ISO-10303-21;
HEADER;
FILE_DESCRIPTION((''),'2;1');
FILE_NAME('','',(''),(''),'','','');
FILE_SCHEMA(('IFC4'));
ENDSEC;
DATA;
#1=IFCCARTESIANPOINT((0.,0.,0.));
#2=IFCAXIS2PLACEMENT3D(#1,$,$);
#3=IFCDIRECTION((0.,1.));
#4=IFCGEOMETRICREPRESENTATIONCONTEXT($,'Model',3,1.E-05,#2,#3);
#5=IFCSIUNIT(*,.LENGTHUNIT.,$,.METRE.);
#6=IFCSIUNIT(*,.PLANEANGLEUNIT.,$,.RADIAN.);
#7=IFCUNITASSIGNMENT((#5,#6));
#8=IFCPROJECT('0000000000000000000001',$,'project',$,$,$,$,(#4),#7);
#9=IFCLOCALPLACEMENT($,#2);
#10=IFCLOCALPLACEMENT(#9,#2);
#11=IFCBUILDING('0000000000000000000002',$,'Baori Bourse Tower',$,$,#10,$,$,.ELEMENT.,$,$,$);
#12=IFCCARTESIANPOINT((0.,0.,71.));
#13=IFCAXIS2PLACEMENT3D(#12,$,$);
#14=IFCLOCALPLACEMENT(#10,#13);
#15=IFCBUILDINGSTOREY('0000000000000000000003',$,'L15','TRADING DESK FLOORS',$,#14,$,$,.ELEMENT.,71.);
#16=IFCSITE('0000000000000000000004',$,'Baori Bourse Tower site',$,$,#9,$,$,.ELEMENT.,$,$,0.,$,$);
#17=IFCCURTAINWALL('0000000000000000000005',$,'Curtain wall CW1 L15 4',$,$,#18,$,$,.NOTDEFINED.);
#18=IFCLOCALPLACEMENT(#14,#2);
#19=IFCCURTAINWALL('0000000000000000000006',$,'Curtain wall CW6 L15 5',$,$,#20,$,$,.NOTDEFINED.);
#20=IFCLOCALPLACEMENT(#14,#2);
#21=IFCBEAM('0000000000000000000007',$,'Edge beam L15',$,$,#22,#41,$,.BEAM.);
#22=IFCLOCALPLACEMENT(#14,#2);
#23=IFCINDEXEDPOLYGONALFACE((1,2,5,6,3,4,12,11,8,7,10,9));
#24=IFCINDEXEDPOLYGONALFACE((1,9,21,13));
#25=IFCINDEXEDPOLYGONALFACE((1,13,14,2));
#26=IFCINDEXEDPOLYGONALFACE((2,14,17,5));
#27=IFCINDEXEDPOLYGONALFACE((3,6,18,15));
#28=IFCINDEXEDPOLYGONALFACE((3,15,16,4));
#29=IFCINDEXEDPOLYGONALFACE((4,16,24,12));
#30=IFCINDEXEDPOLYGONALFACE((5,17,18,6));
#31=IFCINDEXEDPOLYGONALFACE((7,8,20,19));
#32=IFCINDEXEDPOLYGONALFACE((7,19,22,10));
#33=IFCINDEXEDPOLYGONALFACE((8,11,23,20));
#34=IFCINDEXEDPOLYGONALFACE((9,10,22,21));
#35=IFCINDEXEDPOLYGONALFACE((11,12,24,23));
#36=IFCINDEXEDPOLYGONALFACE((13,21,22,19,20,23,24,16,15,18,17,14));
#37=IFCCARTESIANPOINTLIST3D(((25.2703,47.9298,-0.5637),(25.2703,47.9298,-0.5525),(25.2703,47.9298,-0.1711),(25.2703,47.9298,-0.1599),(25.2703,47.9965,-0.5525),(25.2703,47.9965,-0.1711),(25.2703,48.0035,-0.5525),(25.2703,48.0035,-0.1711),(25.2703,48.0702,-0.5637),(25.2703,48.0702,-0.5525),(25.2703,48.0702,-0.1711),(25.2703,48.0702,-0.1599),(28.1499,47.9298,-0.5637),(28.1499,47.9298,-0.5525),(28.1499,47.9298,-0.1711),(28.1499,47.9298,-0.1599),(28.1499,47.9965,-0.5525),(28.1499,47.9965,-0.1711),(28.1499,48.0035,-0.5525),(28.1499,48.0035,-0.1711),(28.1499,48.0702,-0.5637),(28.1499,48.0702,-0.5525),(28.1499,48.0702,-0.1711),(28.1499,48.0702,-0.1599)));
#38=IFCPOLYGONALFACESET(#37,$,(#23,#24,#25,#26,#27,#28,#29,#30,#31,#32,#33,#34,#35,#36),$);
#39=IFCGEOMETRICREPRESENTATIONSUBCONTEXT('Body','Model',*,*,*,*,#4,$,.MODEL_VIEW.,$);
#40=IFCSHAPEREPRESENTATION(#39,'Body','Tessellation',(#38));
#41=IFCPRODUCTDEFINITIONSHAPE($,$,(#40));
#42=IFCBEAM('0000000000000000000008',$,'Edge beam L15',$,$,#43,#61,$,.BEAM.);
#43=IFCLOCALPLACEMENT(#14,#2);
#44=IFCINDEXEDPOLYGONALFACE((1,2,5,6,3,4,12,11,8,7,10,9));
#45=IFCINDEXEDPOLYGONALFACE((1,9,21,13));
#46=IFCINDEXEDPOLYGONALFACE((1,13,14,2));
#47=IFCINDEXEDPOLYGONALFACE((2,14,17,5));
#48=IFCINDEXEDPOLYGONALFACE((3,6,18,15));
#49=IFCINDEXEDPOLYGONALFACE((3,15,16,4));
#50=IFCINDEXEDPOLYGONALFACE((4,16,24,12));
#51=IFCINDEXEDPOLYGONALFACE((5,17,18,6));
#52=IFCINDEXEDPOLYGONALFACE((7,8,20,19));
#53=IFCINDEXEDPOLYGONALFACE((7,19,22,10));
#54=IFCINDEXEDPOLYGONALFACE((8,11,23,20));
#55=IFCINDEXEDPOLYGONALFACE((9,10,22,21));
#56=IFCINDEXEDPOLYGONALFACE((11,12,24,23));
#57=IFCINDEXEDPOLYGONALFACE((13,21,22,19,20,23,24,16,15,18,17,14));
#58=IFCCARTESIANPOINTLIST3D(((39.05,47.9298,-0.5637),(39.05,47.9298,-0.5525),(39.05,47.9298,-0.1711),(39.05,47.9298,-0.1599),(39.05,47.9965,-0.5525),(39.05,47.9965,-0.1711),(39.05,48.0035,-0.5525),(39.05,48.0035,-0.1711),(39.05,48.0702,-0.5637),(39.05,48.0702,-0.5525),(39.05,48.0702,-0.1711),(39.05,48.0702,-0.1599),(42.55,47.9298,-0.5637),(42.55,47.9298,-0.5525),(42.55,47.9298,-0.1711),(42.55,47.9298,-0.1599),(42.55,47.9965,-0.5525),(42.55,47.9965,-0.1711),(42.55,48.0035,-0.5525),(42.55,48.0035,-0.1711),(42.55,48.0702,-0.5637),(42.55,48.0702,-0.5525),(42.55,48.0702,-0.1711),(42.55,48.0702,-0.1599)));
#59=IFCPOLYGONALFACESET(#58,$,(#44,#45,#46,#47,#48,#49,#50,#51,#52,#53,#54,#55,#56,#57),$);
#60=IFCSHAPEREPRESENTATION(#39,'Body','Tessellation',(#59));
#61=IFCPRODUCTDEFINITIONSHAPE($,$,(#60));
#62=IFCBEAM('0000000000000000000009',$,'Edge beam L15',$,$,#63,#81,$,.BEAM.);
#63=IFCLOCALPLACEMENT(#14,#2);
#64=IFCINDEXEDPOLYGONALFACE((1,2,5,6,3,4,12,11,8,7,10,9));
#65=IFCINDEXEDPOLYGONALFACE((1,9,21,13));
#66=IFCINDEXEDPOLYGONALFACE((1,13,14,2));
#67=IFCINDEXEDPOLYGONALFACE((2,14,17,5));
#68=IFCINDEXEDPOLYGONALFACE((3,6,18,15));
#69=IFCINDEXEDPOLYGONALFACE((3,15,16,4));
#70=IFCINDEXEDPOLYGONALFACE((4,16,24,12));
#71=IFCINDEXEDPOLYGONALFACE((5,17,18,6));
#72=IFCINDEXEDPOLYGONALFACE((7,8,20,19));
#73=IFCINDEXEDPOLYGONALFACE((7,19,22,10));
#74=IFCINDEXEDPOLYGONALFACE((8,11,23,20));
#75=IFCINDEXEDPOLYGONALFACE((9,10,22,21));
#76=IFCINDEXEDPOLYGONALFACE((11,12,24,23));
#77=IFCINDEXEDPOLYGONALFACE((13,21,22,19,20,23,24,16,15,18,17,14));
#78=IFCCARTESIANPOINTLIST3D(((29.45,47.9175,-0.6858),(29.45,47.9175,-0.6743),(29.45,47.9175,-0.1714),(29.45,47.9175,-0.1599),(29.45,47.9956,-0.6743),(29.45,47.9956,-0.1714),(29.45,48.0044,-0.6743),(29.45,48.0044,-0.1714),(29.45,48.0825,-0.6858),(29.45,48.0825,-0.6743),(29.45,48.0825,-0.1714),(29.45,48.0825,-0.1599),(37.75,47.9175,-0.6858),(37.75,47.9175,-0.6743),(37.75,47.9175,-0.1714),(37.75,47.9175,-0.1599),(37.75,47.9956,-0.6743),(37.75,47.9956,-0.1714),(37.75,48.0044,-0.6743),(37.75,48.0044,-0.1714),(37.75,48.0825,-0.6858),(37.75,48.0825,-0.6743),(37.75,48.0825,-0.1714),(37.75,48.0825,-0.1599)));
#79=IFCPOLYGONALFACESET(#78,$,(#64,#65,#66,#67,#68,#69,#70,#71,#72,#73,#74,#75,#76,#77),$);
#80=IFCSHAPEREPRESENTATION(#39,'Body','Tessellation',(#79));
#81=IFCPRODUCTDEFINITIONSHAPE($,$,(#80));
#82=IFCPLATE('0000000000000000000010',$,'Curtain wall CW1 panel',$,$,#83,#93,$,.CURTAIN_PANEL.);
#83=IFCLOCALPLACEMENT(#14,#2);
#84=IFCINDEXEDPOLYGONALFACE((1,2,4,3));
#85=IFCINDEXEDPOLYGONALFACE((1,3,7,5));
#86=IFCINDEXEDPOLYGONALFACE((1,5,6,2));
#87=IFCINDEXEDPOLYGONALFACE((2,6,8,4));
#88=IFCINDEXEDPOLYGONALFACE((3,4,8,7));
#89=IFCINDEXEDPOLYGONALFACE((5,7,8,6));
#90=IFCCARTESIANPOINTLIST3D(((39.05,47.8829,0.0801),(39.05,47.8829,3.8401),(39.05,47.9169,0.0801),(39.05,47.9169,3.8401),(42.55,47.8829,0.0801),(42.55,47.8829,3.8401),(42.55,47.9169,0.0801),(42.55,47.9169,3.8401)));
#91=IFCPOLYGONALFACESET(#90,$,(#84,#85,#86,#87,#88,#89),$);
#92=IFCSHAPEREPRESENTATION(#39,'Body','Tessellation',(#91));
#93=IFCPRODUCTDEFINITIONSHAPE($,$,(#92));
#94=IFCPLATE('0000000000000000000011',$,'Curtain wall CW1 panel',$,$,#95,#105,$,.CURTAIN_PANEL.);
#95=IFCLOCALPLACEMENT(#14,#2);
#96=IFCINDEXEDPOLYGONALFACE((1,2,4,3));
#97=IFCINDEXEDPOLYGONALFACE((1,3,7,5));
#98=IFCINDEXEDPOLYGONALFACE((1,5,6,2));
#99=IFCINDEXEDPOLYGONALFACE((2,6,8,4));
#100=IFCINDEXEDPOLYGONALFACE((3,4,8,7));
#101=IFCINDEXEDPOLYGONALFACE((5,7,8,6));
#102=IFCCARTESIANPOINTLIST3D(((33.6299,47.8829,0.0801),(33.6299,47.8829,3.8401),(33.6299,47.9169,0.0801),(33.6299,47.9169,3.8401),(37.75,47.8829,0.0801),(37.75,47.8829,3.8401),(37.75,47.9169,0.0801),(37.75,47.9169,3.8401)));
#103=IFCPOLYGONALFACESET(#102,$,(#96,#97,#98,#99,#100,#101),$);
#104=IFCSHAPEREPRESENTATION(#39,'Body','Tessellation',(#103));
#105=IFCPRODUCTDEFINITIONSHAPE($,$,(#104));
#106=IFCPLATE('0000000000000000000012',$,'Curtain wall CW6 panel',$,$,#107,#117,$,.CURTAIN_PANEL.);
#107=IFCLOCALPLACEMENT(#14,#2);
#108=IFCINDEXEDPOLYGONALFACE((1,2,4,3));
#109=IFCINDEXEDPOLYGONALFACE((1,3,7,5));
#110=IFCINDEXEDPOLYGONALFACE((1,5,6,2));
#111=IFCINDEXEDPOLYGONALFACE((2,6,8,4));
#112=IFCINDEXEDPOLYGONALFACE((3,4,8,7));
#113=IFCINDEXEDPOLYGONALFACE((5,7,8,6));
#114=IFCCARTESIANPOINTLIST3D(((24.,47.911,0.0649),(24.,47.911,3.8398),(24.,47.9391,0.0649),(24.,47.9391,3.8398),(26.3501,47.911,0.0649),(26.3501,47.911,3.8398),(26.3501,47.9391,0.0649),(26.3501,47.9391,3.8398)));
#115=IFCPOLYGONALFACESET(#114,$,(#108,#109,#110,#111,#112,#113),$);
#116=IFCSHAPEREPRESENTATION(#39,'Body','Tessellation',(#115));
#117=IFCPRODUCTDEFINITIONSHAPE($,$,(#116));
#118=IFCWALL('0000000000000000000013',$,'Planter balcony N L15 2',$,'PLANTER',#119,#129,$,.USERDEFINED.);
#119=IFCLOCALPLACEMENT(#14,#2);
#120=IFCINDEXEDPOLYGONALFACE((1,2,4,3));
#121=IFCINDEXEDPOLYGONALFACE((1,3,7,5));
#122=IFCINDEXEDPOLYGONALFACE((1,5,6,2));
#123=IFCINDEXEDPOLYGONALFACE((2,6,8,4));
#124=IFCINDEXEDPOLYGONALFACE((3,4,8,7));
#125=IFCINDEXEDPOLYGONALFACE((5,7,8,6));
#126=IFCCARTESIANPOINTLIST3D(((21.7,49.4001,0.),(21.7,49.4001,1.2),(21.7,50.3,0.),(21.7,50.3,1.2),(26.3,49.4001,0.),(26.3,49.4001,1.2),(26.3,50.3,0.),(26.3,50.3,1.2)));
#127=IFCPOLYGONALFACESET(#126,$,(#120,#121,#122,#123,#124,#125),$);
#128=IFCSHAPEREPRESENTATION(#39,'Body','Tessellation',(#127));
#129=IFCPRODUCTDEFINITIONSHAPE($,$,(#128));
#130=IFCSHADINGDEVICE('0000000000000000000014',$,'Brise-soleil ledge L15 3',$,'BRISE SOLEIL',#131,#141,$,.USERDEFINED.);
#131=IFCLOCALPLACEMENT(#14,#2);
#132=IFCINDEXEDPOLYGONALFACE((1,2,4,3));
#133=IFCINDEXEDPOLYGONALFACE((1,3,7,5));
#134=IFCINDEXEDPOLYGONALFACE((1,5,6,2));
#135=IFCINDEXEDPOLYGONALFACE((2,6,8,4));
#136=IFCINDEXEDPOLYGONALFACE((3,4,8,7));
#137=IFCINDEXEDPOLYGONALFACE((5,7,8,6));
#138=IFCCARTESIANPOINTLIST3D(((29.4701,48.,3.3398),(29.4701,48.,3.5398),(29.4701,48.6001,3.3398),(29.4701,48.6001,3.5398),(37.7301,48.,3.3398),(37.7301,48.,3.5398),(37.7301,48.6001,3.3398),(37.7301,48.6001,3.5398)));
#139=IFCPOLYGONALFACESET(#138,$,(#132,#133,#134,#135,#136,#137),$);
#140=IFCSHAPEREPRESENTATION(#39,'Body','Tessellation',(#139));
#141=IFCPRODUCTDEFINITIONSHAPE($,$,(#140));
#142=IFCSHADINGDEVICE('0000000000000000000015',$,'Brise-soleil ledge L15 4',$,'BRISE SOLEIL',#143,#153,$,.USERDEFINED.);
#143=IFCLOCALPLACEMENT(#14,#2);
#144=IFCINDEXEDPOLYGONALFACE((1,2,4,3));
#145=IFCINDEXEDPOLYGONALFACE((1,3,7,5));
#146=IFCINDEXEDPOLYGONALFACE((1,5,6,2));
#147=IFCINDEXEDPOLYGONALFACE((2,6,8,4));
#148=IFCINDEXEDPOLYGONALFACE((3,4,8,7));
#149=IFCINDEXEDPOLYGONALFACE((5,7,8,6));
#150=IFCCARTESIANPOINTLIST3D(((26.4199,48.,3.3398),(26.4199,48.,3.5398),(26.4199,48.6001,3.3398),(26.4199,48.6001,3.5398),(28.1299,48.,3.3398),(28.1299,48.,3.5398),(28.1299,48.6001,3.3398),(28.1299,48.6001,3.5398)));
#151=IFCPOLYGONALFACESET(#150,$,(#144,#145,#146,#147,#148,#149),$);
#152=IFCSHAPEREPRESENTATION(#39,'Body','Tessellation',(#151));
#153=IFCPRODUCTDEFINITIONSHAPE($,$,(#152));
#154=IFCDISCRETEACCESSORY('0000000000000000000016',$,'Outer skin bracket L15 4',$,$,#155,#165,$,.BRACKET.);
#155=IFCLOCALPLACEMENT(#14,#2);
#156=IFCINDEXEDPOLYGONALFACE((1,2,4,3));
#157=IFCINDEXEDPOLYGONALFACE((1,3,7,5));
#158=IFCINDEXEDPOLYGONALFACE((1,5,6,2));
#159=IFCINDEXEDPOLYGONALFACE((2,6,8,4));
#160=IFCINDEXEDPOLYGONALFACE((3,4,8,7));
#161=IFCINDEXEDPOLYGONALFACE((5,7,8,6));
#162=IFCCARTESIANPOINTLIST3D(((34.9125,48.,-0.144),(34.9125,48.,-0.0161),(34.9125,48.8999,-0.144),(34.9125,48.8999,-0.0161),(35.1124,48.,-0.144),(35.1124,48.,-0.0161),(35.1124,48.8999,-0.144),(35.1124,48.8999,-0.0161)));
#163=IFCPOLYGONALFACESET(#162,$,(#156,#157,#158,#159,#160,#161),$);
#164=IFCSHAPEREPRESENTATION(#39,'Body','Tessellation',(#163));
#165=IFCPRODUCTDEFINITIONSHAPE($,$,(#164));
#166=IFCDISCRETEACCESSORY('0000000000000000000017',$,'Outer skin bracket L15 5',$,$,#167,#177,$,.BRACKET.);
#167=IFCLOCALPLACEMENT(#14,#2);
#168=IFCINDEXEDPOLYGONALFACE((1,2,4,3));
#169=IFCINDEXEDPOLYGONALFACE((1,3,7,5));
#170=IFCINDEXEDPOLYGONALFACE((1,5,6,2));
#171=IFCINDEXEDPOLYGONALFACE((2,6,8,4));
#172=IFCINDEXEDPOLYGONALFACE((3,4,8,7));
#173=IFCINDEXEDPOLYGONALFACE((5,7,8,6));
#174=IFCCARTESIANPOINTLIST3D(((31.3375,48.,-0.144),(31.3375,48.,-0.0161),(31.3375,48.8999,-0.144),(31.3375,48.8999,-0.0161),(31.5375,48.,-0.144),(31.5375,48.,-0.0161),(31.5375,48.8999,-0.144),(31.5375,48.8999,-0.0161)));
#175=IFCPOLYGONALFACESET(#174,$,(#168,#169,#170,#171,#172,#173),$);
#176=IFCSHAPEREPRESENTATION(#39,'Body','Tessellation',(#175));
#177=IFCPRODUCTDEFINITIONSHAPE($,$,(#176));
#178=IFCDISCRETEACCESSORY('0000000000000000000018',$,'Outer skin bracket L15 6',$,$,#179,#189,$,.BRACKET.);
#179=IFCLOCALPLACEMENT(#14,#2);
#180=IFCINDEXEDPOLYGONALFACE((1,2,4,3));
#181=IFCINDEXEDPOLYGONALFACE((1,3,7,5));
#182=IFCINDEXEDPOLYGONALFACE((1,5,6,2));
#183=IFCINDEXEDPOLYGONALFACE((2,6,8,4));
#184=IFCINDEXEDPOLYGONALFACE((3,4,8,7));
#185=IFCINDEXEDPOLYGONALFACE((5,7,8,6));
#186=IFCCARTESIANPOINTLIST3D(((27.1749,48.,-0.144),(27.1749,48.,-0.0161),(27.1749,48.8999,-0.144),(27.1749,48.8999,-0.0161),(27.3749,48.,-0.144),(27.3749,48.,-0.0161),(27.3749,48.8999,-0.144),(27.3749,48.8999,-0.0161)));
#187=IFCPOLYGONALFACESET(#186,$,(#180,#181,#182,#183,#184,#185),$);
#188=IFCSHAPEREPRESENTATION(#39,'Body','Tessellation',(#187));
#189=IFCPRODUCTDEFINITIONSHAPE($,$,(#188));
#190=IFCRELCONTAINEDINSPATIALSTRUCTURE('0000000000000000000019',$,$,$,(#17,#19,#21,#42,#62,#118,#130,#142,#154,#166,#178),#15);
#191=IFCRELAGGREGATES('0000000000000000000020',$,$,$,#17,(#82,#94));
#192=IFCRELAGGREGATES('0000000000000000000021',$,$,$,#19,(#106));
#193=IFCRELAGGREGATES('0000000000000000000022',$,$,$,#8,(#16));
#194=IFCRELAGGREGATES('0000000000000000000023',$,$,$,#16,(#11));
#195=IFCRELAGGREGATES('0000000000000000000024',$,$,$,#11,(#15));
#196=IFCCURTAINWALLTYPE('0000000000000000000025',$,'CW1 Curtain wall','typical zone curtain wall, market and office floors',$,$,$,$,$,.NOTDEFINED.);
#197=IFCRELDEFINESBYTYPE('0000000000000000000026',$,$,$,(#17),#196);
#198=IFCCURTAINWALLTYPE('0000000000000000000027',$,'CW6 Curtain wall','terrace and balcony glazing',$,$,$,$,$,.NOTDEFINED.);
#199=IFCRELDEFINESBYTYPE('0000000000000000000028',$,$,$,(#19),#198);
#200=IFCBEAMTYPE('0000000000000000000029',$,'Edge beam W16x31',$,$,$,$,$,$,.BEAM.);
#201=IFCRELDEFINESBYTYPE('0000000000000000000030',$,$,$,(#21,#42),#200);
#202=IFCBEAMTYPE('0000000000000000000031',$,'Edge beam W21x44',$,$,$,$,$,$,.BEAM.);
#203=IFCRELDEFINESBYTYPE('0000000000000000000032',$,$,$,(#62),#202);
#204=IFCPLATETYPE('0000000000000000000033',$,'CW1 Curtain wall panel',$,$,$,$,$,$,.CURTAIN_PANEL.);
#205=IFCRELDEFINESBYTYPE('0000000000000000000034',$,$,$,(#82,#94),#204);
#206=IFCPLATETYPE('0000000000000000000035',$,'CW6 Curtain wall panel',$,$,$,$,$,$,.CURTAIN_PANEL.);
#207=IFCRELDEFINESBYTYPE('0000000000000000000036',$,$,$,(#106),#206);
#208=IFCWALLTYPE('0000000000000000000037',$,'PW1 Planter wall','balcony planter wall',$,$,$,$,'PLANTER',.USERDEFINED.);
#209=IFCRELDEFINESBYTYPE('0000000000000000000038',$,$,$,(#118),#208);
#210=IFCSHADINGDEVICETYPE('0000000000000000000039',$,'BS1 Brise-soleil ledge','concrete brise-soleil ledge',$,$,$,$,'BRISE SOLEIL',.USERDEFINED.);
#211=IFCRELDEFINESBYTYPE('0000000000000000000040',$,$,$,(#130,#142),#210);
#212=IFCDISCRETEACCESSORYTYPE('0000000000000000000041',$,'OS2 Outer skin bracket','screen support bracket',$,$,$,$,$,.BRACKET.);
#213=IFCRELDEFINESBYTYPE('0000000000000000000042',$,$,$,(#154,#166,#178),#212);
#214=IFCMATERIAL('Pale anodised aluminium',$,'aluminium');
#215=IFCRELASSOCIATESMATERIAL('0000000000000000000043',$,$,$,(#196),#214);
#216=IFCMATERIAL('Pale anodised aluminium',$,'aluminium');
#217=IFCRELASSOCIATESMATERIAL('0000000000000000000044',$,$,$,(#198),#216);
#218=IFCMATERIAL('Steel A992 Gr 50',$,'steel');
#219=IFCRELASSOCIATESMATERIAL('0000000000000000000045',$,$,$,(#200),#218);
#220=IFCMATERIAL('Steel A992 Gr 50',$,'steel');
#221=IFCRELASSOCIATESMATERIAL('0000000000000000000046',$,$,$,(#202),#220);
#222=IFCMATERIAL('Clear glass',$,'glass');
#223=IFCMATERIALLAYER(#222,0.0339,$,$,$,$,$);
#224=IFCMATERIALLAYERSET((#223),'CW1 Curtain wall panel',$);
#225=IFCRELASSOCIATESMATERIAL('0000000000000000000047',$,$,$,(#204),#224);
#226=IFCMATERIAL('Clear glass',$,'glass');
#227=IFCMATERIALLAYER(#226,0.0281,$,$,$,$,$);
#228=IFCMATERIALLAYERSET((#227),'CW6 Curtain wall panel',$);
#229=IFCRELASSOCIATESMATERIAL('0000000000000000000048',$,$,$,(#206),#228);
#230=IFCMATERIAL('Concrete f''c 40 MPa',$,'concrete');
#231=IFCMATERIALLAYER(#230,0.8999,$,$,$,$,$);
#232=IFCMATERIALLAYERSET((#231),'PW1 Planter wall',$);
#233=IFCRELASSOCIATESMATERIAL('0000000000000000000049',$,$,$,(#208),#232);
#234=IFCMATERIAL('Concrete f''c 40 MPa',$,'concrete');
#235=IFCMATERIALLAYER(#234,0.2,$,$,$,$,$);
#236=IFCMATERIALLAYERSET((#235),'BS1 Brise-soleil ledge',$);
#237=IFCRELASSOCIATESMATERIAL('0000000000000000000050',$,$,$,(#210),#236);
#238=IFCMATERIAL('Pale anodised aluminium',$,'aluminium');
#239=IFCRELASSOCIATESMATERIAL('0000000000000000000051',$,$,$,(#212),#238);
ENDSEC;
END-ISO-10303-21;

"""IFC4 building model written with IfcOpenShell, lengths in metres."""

from ifc_helpers import new_model, si_unit, direction, frame, frame_2d, origin, origin_2d, place, context, subcontext, project, spatial, rectangle, i_section, extrude, material, layer, layer_set, material_profile, profile_set, type_object, element, aggregate, save


model = new_model("IFC4")

# Units and contexts
model_context = context("Model", 3, precision=1e-05, world=origin(), true_north=direction((0.0, 1.0)))
body_context = subcontext(model_context, "Body", "Model", "MODEL_VIEW")
ifc_project = project(units=[si_unit("LENGTHUNIT", "METRE"), si_unit("PLANEANGLEUNIT", "RADIAN")], contexts=[model_context])

# Site, building, storey
site_placement = place(None, origin())
site = spatial("IfcSite", under=ifc_project, at=site_placement, Name="Baori Bourse Tower site", CompositionType="ELEMENT", RefElevation=0.0)
building_placement = place(site_placement, origin())
building = spatial("IfcBuilding", under=site, at=building_placement, Name="Baori Bourse Tower", CompositionType="ELEMENT")
storey_placement = place(building_placement, frame((0.0, 0.0, 71.0)))
storey = spatial("IfcBuildingStorey", under=building, at=storey_placement, Name="L15", Description="TRADING DESK FLOORS", CompositionType="ELEMENT", Elevation=71.0)

# Curtain walls
ifc_material_1 = material(Name="Pale anodised aluminium", Category="aluminium")
curtain_wall_type_1 = type_object("IfcCurtainWallType", Name="CW1 Curtain wall", Description="typical zone curtain wall, market and office floors", PredefinedType="NOTDEFINED", material=ifc_material_1)
curtain_wall_1_placement = place(storey_placement, origin())
curtain_wall_1 = element("IfcCurtainWall", 1, at=curtain_wall_1_placement, inside=storey, type_object=curtain_wall_type_1, Name="Curtain wall CW1 L15 4", PredefinedType="NOTDEFINED")
ifc_material_2 = material(Name="Pale anodised aluminium", Category="aluminium")
curtain_wall_type_2 = type_object("IfcCurtainWallType", Name="CW6 Curtain wall", Description="terrace and balcony glazing", PredefinedType="NOTDEFINED", material=ifc_material_2)
curtain_wall_2_placement = place(storey_placement, origin())
curtain_wall_2 = element("IfcCurtainWall", 2, at=curtain_wall_2_placement, inside=storey, type_object=curtain_wall_type_2, Name="Curtain wall CW6 L15 5", PredefinedType="NOTDEFINED")

# Beams
ifc_material_3 = material(Name="Steel A992 Gr 50", Category="steel")
ifc_material_profile_1 = material_profile(ifc_material_3, i_section(OverallWidth=0.1404, OverallDepth=0.4038, WebThickness=0.0071, FlangeThickness=0.0112, at=origin_2d()), Name="W16x31")
ifc_profile_set_1 = profile_set([ifc_material_profile_1], Name="Steel A992 Gr 50")
beam_type_1 = type_object("IfcBeamType", Name="Edge beam W16x31", PredefinedType="BEAM", material=ifc_profile_set_1)
beam_1_placement = place(storey_placement, frame((25.2703, 48.0, -0.3618), z_axis=(1.0, 0.0, 0.0), x_axis=(0.0, 1.0, 0.0)))
element("IfcBeam", 3, at=beam_1_placement, inside=storey, type_object=beam_type_1, Name="Edge beam L15", PredefinedType="BEAM", context=body_context, shape_type="SweptSolid", body=[
    extrude(i_section(OverallWidth=0.1404, OverallDepth=0.4038, WebThickness=0.0071, FlangeThickness=0.0112, at=origin_2d()), origin(), (0.0, 0.0, 1.0), 2.8796),
])
beam_2_placement = place(storey_placement, frame((39.05, 48.0, -0.3618), z_axis=(1.0, 0.0, 0.0), x_axis=(0.0, 1.0, 0.0)))
element("IfcBeam", 4, at=beam_2_placement, inside=storey, type_object=beam_type_1, Name="Edge beam L15", PredefinedType="BEAM", context=body_context, shape_type="SweptSolid", body=[
    extrude(i_section(OverallWidth=0.1404, OverallDepth=0.4038, WebThickness=0.0071, FlangeThickness=0.0112, at=origin_2d()), origin(), (0.0, 0.0, 1.0), 3.5),
])
ifc_material_4 = material(Name="Steel A992 Gr 50", Category="steel")
ifc_material_profile_2 = material_profile(ifc_material_4, i_section(OverallWidth=0.165, OverallDepth=0.5259, WebThickness=0.0088, FlangeThickness=0.0115, at=origin_2d()), Name="W21x44")
ifc_profile_set_2 = profile_set([ifc_material_profile_2], Name="Steel A992 Gr 50")
beam_type_2 = type_object("IfcBeamType", Name="Edge beam W21x44", PredefinedType="BEAM", material=ifc_profile_set_2)
beam_3_placement = place(storey_placement, frame((29.45, 48.0, -0.4229), z_axis=(1.0, 0.0, 0.0), x_axis=(0.0, 1.0, 0.0)))
element("IfcBeam", 5, at=beam_3_placement, inside=storey, type_object=beam_type_2, Name="Edge beam L15", PredefinedType="BEAM", context=body_context, shape_type="SweptSolid", body=[
    extrude(i_section(OverallWidth=0.165, OverallDepth=0.5259, WebThickness=0.0088, FlangeThickness=0.0115, at=origin_2d()), origin(), (0.0, 0.0, 1.0), 8.3),
])

# Plates
ifc_material_5 = material(Name="Clear glass", Category="glass")
ifc_layer_1 = layer(ifc_material_5, 0.0339)
ifc_layer_set_1 = layer_set([ifc_layer_1], Name="CW1 Curtain wall panel")
plate_type_1 = type_object("IfcPlateType", Name="CW1 Curtain wall panel", PredefinedType="CURTAIN_PANEL", material=ifc_layer_set_1)
plate_1_placement = place(storey_placement, frame((40.8, 47.8999, 0.0801), z_axis=(0.0, 0.0, 1.0), x_axis=(-1.0, 0.0, 0.0)))
plate_1 = element("IfcPlate", 6, at=plate_1_placement, type_object=plate_type_1, Name="Curtain wall CW1 panel", PredefinedType="CURTAIN_PANEL", context=body_context, shape_type="SweptSolid", body=[
    extrude(rectangle(XDim=3.5, YDim=0.0339, at=origin_2d()), origin(), (0.0, 0.0, 1.0), 3.76),
])
plate_2_placement = place(storey_placement, frame((35.6899, 47.8999, 0.0801), z_axis=(0.0, 0.0, 1.0), x_axis=(-1.0, 0.0, 0.0)))
plate_2 = element("IfcPlate", 7, at=plate_2_placement, type_object=plate_type_1, Name="Curtain wall CW1 panel", PredefinedType="CURTAIN_PANEL", context=body_context, shape_type="SweptSolid", body=[
    extrude(rectangle(XDim=4.1201, YDim=0.0339, at=origin_2d()), origin(), (0.0, 0.0, 1.0), 3.76),
])
aggregate(curtain_wall_1, [plate_1, plate_2])
ifc_material_6 = material(Name="Clear glass", Category="glass")
ifc_layer_2 = layer(ifc_material_6, 0.0281)
ifc_layer_set_2 = layer_set([ifc_layer_2], Name="CW6 Curtain wall panel")
plate_type_2 = type_object("IfcPlateType", Name="CW6 Curtain wall panel", PredefinedType="CURTAIN_PANEL", material=ifc_layer_set_2)
plate_3_placement = place(storey_placement, frame((25.175, 47.925, 0.0649), z_axis=(0.0, 0.0, 1.0), x_axis=(-1.0, 0.0, 0.0)))
plate_3 = element("IfcPlate", 8, at=plate_3_placement, type_object=plate_type_2, Name="Curtain wall CW6 panel", PredefinedType="CURTAIN_PANEL", context=body_context, shape_type="SweptSolid", body=[
    extrude(rectangle(XDim=2.3501, YDim=0.0281, at=origin_2d()), origin(), (0.0, 0.0, 1.0), 3.7749),
])
aggregate(curtain_wall_2, [plate_3])

# Wall
ifc_material_7 = material(Name="Concrete f'c 40 MPa", Category="concrete")
ifc_layer_3 = layer(ifc_material_7, 0.8999)
ifc_layer_set_3 = layer_set([ifc_layer_3], Name="PW1 Planter wall")
wall_type = type_object("IfcWallType", Name="PW1 Planter wall", Description="balcony planter wall", ElementType="PLANTER", PredefinedType="USERDEFINED", material=ifc_layer_set_3)
wall_placement = place(storey_placement, frame((21.7, 49.8501, 0.0), z_axis=(0.0, 0.0, 1.0), x_axis=(1.0, 0.0, 0.0)))
element("IfcWall", 9, at=wall_placement, inside=storey, type_object=wall_type, Name="Planter balcony N L15 2", ObjectType="PLANTER", PredefinedType="USERDEFINED", context=body_context, shape_type="SweptSolid", body=[
    extrude(rectangle(XDim=4.6001, YDim=0.8999, at=frame_2d((2.3, 0.0))), origin(), (0.0, 0.0, 1.0), 1.2),
])

# Shading devices
ifc_material_8 = material(Name="Concrete f'c 40 MPa", Category="concrete")
ifc_layer_4 = layer(ifc_material_8, 0.2)
ifc_layer_set_4 = layer_set([ifc_layer_4], Name="BS1 Brise-soleil ledge")
shading_device_type = type_object("IfcShadingDeviceType", Name="BS1 Brise-soleil ledge", Description="concrete brise-soleil ledge", ElementType="BRISE SOLEIL", PredefinedType="USERDEFINED", material=ifc_layer_set_4)
shading_device_1_placement = place(storey_placement, frame((33.6001, 48.3, 3.3398), z_axis=(0.0, 0.0, 1.0), x_axis=(-1.0, 0.0, 0.0)))
element("IfcShadingDevice", 10, at=shading_device_1_placement, inside=storey, type_object=shading_device_type, Name="Brise-soleil ledge L15 3", ObjectType="BRISE SOLEIL", PredefinedType="USERDEFINED", context=body_context, shape_type="SweptSolid", body=[
    extrude(rectangle(XDim=8.26, YDim=0.6001, at=origin_2d()), origin(), (0.0, 0.0, 1.0), 0.2),
])
shading_device_2_placement = place(storey_placement, frame((27.2749, 48.3, 3.3398), z_axis=(0.0, 0.0, 1.0), x_axis=(-1.0, 0.0, 0.0)))
element("IfcShadingDevice", 11, at=shading_device_2_placement, inside=storey, type_object=shading_device_type, Name="Brise-soleil ledge L15 4", ObjectType="BRISE SOLEIL", PredefinedType="USERDEFINED", context=body_context, shape_type="SweptSolid", body=[
    extrude(rectangle(XDim=1.71, YDim=0.6001, at=origin_2d()), origin(), (0.0, 0.0, 1.0), 0.2),
])

# Discrete accessories
ifc_material_9 = material(Name="Pale anodised aluminium", Category="aluminium")
discrete_accessory_type = type_object("IfcDiscreteAccessoryType", Name="OS2 Outer skin bracket", Description="screen support bracket", PredefinedType="BRACKET", material=ifc_material_9)
for number, where, z_axis, x_axis, name in (
    (12, (35.0125, 48.45, -0.144), (0.0, 0.0, 1.0), (-1.0, 0.0, 0.0), "Outer skin bracket L15 4"),
    (13, (31.4375, 48.45, -0.144), (0.0, 0.0, 1.0), (-1.0, 0.0, 0.0), "Outer skin bracket L15 5"),
    (14, (27.2749, 48.45, -0.144), (0.0, 0.0, 1.0), (-1.0, 0.0, 0.0), "Outer skin bracket L15 6"),
):
    element("IfcDiscreteAccessory", number, at=place(storey_placement, frame(where, z_axis=z_axis, x_axis=x_axis)), inside=storey, type_object=discrete_accessory_type, Name=name, PredefinedType="BRACKET", context=body_context, shape_type="SweptSolid", body=[
        extrude(rectangle(XDim=0.2, YDim=0.8999, at=origin_2d()), origin(), (0.0, 0.0, 1.0), 0.1279),
    ])

save(model, "model.ifc")
